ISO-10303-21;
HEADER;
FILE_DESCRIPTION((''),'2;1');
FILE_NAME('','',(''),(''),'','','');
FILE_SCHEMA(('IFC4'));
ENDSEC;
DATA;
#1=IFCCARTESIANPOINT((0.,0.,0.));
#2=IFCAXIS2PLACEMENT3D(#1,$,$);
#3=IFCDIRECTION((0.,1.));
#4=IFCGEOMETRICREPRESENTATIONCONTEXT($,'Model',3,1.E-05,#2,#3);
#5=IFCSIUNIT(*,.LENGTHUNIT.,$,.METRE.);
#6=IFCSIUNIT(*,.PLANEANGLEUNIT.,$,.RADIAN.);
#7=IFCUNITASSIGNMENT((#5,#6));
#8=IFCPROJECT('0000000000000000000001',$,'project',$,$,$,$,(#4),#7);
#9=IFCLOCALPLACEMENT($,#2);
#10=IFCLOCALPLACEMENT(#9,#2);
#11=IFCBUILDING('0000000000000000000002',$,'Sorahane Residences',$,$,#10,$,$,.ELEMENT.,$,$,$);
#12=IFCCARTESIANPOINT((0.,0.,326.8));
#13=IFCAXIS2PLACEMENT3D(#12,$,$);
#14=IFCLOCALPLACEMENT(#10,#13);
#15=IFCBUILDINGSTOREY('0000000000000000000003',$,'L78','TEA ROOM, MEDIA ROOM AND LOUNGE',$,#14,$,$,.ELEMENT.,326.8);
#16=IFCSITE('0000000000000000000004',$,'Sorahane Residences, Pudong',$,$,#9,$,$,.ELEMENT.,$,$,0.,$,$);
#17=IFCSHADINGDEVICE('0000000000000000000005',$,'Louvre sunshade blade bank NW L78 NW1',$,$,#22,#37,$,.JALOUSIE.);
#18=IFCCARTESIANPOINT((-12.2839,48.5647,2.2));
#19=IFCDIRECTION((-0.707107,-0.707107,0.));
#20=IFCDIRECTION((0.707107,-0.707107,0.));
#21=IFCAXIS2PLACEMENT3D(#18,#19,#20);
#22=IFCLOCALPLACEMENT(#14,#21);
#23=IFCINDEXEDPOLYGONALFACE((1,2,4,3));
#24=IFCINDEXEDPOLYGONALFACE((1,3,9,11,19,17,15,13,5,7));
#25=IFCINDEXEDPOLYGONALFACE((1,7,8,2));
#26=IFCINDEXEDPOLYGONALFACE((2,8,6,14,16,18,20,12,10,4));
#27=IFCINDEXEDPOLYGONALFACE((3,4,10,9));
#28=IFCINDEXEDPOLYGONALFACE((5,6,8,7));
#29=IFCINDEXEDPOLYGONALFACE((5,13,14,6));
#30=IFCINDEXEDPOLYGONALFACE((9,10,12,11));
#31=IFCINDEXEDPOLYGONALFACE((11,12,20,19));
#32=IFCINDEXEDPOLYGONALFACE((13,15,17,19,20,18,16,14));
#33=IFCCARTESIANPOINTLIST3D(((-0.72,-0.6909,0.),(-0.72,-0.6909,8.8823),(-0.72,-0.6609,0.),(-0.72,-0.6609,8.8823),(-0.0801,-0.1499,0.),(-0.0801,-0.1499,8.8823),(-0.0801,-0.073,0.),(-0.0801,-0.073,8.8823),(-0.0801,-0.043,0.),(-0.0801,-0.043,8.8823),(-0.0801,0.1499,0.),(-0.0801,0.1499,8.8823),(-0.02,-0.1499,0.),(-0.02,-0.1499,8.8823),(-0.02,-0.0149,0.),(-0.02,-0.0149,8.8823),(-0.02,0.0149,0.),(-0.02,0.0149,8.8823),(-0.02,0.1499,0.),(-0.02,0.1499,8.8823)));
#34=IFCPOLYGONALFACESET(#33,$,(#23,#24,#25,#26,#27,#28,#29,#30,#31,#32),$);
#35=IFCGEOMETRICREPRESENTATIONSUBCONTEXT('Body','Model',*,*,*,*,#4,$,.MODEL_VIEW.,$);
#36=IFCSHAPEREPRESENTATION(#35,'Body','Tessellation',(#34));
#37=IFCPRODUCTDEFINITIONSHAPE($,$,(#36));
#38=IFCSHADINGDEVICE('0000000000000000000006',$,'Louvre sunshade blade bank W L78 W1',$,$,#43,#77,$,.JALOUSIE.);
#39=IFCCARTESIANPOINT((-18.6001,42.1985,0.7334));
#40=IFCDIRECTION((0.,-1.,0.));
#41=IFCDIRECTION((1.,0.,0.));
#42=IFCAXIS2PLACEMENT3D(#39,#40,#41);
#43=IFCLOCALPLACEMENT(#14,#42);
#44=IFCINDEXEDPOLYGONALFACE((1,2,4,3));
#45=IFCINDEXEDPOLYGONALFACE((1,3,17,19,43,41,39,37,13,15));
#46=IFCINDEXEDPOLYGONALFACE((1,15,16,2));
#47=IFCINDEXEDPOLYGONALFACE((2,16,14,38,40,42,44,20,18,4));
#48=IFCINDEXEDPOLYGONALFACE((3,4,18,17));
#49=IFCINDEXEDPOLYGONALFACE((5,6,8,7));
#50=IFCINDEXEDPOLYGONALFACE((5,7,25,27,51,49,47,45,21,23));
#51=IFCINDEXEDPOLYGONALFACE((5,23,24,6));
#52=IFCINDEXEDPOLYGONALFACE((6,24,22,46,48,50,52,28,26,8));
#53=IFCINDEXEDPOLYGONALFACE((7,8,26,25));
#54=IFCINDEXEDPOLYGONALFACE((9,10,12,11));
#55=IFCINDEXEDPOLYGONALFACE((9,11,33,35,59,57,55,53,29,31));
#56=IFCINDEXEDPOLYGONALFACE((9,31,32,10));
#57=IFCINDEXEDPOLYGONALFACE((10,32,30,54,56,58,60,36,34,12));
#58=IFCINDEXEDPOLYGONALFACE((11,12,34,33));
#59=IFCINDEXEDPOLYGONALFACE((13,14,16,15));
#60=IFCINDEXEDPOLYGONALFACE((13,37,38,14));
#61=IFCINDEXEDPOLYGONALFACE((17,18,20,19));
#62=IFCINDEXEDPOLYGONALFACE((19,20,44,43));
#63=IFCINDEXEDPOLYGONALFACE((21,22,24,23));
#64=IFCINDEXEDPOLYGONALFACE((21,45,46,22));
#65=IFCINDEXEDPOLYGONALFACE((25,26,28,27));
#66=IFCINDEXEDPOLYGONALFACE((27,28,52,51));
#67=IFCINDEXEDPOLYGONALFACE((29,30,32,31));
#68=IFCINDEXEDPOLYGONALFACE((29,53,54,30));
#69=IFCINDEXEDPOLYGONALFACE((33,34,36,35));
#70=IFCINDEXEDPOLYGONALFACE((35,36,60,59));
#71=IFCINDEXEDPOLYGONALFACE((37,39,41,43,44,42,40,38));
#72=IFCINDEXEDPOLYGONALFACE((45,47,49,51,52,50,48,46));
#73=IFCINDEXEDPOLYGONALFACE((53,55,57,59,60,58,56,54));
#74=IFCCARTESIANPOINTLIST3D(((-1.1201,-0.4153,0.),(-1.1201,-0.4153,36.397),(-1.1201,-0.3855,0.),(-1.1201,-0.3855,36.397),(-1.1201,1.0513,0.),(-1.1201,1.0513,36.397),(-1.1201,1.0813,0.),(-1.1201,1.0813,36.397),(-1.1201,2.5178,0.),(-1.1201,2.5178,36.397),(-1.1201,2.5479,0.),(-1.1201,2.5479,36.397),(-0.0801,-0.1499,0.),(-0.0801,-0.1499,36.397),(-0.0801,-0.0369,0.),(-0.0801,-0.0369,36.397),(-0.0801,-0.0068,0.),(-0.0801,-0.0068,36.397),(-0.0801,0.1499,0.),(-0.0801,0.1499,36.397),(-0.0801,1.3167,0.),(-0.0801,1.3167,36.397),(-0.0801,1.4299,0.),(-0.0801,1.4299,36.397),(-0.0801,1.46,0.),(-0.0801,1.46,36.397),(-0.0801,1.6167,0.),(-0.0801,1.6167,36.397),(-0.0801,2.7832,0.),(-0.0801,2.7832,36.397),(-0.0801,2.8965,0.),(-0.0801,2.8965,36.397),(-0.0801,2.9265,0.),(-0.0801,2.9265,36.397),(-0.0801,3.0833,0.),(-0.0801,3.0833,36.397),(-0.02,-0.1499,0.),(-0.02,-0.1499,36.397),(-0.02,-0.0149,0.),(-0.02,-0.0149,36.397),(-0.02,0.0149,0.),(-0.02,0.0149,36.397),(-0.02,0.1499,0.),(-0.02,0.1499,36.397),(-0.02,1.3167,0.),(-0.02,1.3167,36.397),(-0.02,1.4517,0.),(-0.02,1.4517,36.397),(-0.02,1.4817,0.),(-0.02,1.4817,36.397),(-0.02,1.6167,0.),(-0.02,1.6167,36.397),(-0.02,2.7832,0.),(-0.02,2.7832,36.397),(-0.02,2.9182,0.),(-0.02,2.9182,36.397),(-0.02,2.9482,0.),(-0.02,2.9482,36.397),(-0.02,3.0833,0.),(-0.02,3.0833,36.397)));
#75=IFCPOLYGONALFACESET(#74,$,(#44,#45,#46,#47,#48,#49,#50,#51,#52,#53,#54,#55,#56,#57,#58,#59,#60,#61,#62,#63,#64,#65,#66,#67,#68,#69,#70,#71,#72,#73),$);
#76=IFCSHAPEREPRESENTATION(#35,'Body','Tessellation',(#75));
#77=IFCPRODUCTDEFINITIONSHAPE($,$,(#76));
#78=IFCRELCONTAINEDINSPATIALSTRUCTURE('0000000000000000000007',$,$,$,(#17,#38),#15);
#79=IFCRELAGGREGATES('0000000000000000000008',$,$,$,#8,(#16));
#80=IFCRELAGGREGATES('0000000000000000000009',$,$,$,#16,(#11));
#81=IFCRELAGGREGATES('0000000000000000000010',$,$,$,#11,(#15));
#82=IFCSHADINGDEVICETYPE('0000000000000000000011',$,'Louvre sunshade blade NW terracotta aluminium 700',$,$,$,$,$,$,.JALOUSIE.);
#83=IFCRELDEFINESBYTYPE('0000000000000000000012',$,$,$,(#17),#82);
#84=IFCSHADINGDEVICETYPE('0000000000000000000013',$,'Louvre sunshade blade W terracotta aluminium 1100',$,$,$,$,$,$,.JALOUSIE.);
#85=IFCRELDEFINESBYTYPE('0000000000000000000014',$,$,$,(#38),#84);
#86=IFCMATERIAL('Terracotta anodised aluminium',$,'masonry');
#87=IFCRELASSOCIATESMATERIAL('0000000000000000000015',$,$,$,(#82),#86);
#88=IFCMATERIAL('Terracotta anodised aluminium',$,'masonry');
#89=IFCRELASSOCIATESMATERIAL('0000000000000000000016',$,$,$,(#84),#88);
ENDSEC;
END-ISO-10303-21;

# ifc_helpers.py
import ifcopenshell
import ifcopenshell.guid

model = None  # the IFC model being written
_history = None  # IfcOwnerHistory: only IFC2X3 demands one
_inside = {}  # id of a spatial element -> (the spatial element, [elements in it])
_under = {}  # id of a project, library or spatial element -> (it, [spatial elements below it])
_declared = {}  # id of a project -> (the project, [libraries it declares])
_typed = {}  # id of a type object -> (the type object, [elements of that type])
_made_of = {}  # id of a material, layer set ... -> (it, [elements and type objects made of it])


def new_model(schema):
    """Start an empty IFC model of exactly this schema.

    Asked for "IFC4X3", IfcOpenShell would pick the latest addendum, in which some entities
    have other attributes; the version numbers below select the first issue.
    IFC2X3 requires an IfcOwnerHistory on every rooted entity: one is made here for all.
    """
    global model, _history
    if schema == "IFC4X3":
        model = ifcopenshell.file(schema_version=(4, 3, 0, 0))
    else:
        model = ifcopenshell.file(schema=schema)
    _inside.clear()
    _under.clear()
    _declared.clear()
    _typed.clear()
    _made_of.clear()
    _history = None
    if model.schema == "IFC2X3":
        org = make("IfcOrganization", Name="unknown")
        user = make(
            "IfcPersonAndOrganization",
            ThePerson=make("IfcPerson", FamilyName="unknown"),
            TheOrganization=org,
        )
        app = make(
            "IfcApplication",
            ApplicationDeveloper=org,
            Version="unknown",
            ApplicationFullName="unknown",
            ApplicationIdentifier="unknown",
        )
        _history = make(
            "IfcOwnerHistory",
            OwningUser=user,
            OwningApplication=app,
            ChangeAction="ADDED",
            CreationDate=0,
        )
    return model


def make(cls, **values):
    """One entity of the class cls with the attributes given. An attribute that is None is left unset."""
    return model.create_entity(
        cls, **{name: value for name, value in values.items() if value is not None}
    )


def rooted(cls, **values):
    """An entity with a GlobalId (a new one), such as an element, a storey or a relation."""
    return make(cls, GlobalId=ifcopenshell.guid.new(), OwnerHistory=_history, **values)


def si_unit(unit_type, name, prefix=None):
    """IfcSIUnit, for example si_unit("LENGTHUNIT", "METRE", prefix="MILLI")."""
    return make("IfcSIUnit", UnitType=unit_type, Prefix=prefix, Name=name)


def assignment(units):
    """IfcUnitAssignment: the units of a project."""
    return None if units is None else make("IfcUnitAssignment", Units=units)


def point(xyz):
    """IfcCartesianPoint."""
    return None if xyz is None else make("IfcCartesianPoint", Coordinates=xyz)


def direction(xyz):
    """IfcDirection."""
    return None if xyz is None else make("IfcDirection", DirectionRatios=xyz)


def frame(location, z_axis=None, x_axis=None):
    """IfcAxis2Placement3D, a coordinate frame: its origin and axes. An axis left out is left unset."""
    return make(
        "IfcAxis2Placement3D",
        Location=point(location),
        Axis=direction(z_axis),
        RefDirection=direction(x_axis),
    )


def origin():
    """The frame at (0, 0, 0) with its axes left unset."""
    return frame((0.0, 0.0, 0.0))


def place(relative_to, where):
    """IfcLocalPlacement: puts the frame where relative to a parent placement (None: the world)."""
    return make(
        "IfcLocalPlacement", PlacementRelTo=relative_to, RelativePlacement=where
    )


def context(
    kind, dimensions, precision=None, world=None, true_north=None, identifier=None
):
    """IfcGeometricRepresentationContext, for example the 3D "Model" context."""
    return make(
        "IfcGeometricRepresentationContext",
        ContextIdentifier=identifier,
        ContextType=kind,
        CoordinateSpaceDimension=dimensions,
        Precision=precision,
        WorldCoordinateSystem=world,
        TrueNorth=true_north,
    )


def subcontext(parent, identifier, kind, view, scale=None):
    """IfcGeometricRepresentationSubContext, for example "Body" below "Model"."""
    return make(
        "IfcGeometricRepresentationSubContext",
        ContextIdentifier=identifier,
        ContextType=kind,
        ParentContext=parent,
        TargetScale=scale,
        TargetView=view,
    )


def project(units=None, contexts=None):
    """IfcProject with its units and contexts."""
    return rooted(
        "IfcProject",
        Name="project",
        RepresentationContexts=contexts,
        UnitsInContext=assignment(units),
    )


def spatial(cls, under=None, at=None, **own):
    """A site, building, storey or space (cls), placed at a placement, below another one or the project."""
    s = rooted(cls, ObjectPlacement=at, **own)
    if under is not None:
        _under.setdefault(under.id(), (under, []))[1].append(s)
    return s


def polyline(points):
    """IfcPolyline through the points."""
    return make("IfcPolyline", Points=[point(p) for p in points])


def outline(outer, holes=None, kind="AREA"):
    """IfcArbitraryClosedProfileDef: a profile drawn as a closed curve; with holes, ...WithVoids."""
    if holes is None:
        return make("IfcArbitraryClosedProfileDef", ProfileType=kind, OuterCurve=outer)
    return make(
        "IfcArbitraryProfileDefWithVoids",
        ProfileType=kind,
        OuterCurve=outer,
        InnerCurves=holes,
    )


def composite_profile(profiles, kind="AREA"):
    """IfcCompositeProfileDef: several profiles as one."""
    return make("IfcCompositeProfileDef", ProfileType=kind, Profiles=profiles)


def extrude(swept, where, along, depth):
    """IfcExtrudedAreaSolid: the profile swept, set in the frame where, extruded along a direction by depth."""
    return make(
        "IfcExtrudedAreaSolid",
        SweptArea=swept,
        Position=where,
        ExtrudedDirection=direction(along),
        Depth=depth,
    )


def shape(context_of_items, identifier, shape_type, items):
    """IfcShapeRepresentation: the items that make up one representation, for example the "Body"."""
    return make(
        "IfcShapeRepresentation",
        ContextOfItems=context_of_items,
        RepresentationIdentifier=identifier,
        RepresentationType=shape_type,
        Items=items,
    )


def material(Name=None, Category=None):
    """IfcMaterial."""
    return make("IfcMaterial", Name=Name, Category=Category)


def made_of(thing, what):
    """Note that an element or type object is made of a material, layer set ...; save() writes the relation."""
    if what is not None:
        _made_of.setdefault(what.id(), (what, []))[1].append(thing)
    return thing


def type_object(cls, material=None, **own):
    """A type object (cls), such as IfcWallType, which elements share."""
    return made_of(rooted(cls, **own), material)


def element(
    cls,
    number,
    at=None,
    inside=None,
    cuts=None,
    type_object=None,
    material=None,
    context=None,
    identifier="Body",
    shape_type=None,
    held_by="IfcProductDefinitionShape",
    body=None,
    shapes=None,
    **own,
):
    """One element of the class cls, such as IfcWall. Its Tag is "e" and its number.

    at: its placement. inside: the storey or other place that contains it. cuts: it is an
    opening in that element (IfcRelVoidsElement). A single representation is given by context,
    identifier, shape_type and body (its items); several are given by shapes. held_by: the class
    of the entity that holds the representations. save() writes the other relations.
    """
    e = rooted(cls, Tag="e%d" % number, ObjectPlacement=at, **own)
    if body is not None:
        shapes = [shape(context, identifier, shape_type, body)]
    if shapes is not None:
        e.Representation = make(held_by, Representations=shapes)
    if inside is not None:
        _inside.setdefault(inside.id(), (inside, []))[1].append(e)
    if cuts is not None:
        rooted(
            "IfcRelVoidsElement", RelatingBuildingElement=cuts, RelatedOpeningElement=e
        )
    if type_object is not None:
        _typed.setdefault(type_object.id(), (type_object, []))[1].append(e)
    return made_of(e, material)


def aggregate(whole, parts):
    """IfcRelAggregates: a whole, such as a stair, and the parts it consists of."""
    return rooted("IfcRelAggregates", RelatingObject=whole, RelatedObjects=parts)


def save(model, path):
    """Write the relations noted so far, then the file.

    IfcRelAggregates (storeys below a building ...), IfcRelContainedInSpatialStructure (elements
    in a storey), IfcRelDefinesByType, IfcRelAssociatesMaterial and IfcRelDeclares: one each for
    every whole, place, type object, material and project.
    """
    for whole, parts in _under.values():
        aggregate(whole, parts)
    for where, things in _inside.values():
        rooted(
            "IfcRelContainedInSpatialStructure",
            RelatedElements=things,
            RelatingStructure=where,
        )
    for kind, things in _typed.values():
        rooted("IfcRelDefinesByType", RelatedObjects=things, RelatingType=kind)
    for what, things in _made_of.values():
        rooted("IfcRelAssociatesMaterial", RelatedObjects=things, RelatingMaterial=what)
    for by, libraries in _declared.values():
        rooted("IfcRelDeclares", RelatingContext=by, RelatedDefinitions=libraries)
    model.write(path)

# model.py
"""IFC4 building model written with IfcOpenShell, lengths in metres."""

from ifc_helpers import new_model, si_unit, direction, frame, origin, place, context, subcontext, project, spatial, polyline, outline, composite_profile, extrude, material, type_object, element, save


model = new_model("IFC4")

# Units and contexts
model_context = context("Model", 3, precision=1e-05, world=origin(), true_north=direction((0.0, 1.0)))
body_context = subcontext(model_context, "Body", "Model", "MODEL_VIEW")
ifc_project = project(units=[si_unit("LENGTHUNIT", "METRE"), si_unit("PLANEANGLEUNIT", "RADIAN")], contexts=[model_context])

# Site, building, storey
site_placement = place(None, origin())
site = spatial("IfcSite", under=ifc_project, at=site_placement, Name="Sorahane Residences, Pudong", CompositionType="ELEMENT", RefElevation=0.0)
building_placement = place(site_placement, origin())
building = spatial("IfcBuilding", under=site, at=building_placement, Name="Sorahane Residences", CompositionType="ELEMENT")
storey_placement = place(building_placement, frame((0.0, 0.0, 326.8)))
storey = spatial("IfcBuildingStorey", under=building, at=storey_placement, Name="L78", Description="TEA ROOM, MEDIA ROOM AND LOUNGE", CompositionType="ELEMENT", Elevation=326.8)

# Shading devices
ifc_material_1 = material(Name="Terracotta anodised aluminium", Category="masonry")
shading_device_type_1 = type_object("IfcShadingDeviceType", Name="Louvre sunshade blade NW terracotta aluminium 700", PredefinedType="JALOUSIE", material=ifc_material_1)
shading_device_1_placement = place(storey_placement, frame((-12.2839, 48.5647, 2.2), z_axis=(-0.707107, -0.707107, 0.0), x_axis=(0.707107, -0.707107, 0.0)))
element("IfcShadingDevice", 1, at=shading_device_1_placement, inside=storey, type_object=shading_device_type_1, Name="Louvre sunshade blade bank NW L78 NW1", PredefinedType="JALOUSIE", context=body_context, shape_type="SweptSolid", body=[
    extrude(outline(polyline([(-0.72, -0.6609), (-0.72, -0.6909), (-0.0801, -0.073), (-0.0801, -0.1499), (-0.02, -0.1499), (-0.02, -0.0149), (-0.02, 0.0149), (-0.02, 0.1499), (-0.0801, 0.1499), (-0.0801, -0.043), (-0.72, -0.6609)])), origin(), (0.0, 0.0, 1.0), 8.8823),
])
ifc_material_2 = material(Name="Terracotta anodised aluminium", Category="masonry")
shading_device_type_2 = type_object("IfcShadingDeviceType", Name="Louvre sunshade blade W terracotta aluminium 1100", PredefinedType="JALOUSIE", material=ifc_material_2)
shading_device_2_placement = place(storey_placement, frame((-18.6001, 42.1985, 0.7334), z_axis=(0.0, -1.0, 0.0), x_axis=(1.0, 0.0, 0.0)))
element("IfcShadingDevice", 2, at=shading_device_2_placement, inside=storey, type_object=shading_device_type_2, Name="Louvre sunshade blade bank W L78 W1", PredefinedType="JALOUSIE", context=body_context, shape_type="SweptSolid", body=[
    extrude(composite_profile([outline(polyline([(-1.1201, -0.3855), (-1.1201, -0.4153), (-0.0801, -0.0369), (-0.0801, -0.1499), (-0.02, -0.1499), (-0.02, -0.0149), (-0.02, 0.0149), (-0.02, 0.1499), (-0.0801, 0.1499), (-0.0801, -0.0068), (-1.1201, -0.3855)])), outline(polyline([(-1.1201, 1.0813), (-1.1201, 1.0513), (-0.0801, 1.4299), (-0.0801, 1.3167), (-0.02, 1.3167), (-0.02, 1.4517), (-0.02, 1.4817), (-0.02, 1.6167), (-0.0801, 1.6167), (-0.0801, 1.46), (-1.1201, 1.0813)])), outline(polyline([(-1.1201, 2.5479), (-1.1201, 2.5178), (-0.0801, 2.8965), (-0.0801, 2.7832), (-0.02, 2.7832), (-0.02, 2.9182), (-0.02, 2.9482), (-0.02, 3.0833), (-0.0801, 3.0833), (-0.0801, 2.9265), (-1.1201, 2.5479)]))]), origin(), (0.0, 0.0, 1.0), 36.397),
])

save(model, "model.ifc")
